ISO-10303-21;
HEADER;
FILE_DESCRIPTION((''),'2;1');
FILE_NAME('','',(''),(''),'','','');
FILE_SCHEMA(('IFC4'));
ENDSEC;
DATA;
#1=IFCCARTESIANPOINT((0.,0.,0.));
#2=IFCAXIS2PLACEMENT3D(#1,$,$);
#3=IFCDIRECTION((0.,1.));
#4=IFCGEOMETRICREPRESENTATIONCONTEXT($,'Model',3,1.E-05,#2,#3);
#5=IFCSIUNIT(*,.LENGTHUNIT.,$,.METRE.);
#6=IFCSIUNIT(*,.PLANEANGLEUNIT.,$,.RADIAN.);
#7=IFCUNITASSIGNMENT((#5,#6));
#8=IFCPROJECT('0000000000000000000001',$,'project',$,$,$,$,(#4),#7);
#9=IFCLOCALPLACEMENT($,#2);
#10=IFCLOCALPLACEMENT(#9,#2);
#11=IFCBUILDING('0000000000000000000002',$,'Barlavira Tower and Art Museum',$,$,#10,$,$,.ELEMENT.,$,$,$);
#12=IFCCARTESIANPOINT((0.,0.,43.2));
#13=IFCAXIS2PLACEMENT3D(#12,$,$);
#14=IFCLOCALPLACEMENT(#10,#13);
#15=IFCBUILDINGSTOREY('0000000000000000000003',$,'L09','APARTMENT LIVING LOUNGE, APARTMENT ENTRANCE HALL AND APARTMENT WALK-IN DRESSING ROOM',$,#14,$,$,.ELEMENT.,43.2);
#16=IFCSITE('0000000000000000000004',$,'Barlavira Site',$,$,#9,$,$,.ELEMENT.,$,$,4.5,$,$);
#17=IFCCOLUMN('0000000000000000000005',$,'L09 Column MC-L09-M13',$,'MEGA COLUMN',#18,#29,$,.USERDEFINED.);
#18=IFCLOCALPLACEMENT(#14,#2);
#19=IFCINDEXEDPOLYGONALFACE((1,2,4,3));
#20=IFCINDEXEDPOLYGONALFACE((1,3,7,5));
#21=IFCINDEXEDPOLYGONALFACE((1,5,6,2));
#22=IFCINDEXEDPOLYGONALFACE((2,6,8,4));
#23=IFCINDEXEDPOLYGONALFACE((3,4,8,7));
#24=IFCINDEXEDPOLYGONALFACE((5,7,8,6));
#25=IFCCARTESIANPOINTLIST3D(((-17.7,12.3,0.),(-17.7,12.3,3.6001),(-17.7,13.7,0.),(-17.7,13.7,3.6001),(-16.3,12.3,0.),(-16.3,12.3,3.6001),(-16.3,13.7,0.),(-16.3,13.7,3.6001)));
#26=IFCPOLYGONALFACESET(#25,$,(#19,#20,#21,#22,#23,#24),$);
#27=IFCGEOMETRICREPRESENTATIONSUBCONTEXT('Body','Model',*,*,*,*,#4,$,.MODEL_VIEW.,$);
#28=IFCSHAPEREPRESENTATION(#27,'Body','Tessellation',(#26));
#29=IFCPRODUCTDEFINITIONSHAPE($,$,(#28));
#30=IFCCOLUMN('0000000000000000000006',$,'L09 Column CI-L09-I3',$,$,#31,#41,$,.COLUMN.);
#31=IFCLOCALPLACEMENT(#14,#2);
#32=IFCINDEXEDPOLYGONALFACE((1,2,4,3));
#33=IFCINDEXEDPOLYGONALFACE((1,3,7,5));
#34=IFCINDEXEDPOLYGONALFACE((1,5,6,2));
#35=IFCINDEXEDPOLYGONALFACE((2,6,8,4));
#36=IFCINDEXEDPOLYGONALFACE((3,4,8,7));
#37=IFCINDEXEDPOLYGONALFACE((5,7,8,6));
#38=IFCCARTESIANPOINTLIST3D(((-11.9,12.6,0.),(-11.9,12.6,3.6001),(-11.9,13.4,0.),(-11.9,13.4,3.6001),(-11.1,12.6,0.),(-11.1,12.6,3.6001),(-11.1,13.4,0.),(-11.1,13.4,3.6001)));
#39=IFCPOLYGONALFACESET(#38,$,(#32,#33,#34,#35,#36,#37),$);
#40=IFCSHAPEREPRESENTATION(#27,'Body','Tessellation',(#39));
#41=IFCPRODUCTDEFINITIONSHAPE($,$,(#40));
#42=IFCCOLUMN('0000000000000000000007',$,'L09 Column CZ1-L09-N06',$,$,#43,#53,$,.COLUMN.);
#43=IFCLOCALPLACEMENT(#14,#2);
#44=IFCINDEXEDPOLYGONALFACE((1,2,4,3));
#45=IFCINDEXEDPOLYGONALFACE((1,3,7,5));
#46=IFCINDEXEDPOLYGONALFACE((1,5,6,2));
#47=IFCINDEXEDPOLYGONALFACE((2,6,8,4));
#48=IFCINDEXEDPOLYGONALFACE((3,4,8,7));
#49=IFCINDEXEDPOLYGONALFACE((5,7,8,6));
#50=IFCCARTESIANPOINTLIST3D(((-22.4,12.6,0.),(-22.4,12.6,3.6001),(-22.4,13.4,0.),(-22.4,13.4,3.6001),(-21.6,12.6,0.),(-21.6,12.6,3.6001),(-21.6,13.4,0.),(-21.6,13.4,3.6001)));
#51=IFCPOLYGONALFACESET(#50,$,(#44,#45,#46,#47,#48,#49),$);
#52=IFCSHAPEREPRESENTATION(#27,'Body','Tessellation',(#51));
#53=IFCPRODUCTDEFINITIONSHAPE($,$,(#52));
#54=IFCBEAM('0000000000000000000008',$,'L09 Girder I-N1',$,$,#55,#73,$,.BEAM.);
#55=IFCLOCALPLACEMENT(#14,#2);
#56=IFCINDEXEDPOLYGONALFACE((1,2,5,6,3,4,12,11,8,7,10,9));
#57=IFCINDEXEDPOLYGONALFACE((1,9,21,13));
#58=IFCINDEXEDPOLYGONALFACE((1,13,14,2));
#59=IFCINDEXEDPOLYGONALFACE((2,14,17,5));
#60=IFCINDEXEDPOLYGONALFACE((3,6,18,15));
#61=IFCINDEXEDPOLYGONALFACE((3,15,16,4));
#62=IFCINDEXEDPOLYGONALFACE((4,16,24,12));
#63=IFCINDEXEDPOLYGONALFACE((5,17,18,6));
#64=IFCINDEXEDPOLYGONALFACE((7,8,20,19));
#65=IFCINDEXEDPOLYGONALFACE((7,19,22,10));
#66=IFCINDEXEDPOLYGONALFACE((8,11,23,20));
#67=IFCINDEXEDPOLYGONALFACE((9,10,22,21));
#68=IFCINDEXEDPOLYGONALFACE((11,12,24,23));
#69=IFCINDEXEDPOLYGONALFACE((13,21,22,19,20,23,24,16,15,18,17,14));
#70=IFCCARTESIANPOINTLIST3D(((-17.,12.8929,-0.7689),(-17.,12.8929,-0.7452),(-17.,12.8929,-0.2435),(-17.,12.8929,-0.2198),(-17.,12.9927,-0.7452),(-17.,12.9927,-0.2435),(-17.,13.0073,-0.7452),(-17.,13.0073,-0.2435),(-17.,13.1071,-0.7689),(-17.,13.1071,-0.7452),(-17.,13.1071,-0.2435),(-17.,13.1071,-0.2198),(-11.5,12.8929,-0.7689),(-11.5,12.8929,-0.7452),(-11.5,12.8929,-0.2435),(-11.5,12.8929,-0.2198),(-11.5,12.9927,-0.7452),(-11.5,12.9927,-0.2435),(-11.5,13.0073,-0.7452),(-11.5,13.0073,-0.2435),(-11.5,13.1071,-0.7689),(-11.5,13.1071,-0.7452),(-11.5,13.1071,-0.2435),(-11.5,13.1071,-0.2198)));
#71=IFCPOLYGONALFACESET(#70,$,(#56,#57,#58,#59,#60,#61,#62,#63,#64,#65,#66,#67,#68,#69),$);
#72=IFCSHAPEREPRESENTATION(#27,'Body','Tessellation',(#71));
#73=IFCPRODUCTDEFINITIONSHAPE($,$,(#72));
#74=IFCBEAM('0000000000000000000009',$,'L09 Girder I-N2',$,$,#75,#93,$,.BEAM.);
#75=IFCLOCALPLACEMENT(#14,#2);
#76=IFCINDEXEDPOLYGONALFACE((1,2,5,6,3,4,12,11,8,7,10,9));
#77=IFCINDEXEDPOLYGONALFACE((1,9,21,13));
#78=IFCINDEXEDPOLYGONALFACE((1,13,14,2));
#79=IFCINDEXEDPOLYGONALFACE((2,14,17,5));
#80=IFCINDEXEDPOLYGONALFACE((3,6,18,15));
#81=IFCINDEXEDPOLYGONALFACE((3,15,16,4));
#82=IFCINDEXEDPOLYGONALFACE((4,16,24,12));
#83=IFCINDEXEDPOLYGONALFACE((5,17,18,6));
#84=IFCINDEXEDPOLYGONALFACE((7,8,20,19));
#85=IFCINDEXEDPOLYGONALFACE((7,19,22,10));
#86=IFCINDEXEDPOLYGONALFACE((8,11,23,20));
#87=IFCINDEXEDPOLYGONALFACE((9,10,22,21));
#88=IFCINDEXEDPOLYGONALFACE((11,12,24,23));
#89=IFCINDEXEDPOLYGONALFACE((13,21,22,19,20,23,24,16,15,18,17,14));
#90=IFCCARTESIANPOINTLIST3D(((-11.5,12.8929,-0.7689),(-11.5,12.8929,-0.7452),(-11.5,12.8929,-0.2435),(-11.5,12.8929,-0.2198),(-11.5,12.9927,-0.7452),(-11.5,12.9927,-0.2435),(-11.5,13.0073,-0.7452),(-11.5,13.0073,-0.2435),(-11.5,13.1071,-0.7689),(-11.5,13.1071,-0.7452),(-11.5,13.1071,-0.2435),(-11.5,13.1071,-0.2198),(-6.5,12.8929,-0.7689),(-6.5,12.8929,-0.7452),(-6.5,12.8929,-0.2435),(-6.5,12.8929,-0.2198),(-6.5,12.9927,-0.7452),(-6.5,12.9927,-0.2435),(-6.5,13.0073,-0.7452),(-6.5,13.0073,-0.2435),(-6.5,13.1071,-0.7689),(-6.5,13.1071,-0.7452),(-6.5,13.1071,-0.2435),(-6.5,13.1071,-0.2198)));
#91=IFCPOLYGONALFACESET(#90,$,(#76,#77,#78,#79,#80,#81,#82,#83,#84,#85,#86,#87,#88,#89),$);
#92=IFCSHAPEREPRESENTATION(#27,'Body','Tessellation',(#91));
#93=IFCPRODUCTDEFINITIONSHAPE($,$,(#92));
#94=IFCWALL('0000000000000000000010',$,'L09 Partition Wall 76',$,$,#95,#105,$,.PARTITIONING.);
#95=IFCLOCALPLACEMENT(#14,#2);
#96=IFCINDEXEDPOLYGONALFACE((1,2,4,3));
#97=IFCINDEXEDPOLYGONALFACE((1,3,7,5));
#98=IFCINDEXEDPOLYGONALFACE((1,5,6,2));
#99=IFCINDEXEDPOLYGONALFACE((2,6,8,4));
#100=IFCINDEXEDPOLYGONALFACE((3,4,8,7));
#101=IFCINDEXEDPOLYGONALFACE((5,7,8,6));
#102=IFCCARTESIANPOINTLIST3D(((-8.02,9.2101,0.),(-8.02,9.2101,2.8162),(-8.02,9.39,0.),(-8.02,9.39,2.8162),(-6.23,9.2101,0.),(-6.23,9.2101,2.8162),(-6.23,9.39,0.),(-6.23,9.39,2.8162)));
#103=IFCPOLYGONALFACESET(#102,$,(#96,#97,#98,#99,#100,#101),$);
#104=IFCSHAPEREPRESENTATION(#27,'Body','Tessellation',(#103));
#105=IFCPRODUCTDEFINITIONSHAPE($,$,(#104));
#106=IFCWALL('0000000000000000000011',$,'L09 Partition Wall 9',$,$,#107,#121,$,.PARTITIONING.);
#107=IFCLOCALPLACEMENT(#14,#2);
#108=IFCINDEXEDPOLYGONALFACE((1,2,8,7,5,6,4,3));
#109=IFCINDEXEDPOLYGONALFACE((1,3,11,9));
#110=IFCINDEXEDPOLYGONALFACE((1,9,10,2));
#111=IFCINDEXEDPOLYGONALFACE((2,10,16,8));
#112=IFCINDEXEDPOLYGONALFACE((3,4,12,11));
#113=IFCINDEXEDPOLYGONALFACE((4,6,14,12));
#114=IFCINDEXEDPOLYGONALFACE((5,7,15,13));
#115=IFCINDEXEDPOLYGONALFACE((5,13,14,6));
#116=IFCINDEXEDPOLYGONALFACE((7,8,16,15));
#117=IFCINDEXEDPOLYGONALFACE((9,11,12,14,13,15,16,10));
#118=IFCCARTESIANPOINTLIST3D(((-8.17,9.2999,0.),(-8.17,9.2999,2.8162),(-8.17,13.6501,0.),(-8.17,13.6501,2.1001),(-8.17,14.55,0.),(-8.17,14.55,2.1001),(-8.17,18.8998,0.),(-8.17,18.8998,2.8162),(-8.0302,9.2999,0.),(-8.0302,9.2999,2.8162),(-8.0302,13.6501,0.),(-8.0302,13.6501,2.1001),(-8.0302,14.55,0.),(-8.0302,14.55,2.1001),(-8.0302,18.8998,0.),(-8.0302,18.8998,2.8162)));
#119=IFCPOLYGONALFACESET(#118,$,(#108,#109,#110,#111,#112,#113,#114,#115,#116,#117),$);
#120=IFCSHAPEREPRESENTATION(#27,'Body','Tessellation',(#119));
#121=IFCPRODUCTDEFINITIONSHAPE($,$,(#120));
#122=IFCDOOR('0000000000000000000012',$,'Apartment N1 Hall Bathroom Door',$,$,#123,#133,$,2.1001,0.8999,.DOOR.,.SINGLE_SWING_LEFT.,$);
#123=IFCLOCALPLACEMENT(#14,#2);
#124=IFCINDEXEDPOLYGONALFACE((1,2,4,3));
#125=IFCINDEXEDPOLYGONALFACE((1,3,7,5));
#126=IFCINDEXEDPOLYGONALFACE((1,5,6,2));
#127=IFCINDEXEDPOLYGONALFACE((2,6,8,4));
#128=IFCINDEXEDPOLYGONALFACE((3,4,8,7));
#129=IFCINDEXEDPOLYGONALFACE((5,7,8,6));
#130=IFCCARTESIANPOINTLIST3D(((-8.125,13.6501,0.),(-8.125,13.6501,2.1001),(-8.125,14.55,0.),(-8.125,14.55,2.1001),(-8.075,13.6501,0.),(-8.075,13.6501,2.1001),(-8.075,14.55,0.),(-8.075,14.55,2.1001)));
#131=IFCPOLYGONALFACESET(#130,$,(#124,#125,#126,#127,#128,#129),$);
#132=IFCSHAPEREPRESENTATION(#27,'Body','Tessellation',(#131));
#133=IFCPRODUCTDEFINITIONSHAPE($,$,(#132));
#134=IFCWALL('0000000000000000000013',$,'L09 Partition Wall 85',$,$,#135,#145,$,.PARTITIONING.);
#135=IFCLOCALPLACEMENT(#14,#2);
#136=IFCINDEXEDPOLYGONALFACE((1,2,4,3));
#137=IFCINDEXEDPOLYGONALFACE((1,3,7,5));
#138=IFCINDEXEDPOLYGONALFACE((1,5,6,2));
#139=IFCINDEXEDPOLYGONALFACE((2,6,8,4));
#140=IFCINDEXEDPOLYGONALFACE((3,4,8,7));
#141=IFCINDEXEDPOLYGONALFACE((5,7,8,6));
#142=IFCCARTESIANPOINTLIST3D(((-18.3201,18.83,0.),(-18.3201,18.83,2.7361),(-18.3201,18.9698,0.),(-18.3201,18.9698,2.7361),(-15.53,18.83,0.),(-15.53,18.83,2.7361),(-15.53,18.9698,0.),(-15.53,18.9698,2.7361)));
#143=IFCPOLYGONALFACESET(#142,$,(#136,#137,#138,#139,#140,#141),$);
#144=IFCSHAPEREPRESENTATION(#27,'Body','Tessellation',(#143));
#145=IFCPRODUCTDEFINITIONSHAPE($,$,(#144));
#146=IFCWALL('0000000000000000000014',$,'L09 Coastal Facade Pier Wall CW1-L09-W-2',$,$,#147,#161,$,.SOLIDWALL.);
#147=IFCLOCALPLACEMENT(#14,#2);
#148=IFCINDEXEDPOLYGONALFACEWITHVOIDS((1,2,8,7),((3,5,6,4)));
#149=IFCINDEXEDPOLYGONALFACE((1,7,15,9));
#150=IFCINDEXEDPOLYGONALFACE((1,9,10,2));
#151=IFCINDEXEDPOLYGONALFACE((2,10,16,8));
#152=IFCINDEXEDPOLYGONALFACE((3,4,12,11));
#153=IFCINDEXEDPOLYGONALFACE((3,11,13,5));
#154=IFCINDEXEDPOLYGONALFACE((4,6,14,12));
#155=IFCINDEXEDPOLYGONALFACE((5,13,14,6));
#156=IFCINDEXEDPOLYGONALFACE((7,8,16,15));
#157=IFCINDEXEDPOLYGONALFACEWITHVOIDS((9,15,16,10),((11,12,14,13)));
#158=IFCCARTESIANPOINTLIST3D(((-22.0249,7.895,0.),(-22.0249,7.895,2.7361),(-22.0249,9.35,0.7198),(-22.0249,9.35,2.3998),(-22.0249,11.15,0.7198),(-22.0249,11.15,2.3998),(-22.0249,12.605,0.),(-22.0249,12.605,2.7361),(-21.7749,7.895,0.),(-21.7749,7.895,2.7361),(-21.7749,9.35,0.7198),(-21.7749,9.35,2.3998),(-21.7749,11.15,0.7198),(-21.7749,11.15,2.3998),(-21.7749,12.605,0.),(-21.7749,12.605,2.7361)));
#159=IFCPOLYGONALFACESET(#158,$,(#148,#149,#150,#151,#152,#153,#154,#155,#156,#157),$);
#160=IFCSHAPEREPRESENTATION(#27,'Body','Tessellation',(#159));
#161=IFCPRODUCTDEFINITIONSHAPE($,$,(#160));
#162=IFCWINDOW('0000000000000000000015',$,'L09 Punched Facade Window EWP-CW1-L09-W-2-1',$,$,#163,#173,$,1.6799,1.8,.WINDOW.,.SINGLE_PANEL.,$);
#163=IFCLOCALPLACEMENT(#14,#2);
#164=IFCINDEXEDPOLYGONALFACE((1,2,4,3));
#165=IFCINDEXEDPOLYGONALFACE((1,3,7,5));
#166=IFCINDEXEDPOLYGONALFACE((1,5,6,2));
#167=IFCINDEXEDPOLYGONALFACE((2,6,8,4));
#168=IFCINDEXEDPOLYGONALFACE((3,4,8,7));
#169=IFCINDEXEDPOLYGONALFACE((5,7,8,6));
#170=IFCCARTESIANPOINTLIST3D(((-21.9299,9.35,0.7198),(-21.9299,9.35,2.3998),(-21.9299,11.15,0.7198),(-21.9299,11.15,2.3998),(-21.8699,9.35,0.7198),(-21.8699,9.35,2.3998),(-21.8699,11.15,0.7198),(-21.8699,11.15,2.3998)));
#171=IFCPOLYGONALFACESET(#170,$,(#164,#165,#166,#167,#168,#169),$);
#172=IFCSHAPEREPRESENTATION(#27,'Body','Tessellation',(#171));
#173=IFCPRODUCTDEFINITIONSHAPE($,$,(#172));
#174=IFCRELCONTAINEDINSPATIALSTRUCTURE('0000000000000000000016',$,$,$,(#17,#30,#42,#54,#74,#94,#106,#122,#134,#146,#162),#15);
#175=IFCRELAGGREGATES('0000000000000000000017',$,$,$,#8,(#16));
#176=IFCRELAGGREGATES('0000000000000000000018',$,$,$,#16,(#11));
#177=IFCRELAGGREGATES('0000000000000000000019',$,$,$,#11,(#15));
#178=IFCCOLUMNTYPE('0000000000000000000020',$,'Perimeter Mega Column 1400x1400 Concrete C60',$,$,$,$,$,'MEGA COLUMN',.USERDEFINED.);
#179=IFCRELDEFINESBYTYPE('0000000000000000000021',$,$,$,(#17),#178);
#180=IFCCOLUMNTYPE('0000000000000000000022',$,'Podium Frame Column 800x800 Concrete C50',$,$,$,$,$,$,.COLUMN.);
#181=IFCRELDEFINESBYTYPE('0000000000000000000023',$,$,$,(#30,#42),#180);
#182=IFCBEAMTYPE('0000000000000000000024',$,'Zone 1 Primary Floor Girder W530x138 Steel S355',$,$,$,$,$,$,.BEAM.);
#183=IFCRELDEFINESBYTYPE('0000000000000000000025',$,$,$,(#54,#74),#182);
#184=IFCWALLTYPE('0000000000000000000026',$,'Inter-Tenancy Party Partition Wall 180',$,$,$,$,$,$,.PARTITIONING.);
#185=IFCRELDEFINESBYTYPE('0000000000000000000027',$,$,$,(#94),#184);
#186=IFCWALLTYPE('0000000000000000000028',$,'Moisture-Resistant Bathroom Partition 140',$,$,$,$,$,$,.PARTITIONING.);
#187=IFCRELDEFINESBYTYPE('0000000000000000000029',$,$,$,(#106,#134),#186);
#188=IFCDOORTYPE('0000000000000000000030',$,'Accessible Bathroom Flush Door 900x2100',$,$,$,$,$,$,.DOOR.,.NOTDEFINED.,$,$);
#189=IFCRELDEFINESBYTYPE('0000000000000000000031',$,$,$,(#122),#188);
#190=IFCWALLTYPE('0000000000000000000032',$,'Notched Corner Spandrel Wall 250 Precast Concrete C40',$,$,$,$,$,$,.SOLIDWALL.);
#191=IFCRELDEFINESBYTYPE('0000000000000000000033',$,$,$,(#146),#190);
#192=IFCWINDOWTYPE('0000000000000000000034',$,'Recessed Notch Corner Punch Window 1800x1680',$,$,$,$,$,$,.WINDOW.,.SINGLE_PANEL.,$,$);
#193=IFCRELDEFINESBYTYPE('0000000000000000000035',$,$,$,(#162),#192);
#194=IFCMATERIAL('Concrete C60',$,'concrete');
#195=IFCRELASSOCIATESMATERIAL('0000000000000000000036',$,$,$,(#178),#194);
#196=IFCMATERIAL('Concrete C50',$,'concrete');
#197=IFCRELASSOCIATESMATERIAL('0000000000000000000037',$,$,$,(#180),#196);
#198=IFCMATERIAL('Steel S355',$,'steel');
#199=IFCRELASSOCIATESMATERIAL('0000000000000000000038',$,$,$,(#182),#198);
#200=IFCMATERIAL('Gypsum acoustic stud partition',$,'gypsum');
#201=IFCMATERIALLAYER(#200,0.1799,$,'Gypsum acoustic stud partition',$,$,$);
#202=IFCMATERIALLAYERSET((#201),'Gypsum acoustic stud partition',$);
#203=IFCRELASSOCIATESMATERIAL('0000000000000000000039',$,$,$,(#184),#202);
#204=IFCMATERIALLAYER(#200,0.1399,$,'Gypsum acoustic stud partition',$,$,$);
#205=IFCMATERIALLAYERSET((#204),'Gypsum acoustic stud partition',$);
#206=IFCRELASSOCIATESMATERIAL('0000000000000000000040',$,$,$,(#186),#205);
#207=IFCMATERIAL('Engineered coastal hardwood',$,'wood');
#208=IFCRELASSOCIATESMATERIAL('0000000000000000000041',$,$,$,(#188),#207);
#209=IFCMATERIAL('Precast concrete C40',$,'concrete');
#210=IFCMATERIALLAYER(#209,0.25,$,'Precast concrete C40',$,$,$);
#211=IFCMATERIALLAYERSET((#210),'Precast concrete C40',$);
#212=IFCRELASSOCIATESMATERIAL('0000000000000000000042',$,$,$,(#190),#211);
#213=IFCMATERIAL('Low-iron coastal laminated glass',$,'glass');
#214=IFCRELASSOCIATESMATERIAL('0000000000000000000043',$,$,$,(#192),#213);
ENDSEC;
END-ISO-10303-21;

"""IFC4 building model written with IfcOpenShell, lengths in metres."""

from ifc_helpers import new_model, si_unit, direction, frame, frame_2d, origin, origin_2d, place, context, subcontext, project, spatial, rectangle, i_section, extrude, material, layer, layer_set, material_profile, profile_set, type_object, element, fill, save


model = new_model("IFC4")

# Units and contexts
model_context = context("Model", 3, precision=1e-05, world=origin(), true_north=direction((0.0, 1.0)))
body_context = subcontext(model_context, "Body", "Model", "MODEL_VIEW")
ifc_project = project(units=[si_unit("LENGTHUNIT", "METRE"), si_unit("PLANEANGLEUNIT", "RADIAN")], contexts=[model_context])

# Site, building, storey
site_placement = place(None, origin())
site = spatial("IfcSite", under=ifc_project, at=site_placement, Name="Barlavira Site", CompositionType="ELEMENT", RefElevation=4.5)
building_placement = place(site_placement, origin())
building = spatial("IfcBuilding", under=site, at=building_placement, Name="Barlavira Tower and Art Museum", CompositionType="ELEMENT")
storey_placement = place(building_placement, frame((0.0, 0.0, 43.2)))
storey = spatial("IfcBuildingStorey", under=building, at=storey_placement, Name="L09", Description="APARTMENT LIVING LOUNGE, APARTMENT ENTRANCE HALL AND APARTMENT WALK-IN DRESSING ROOM", CompositionType="ELEMENT", Elevation=43.2)

# Columns
ifc_material_1 = material(Name="Concrete C60", Category="concrete")
ifc_material_profile_1 = material_profile(ifc_material_1, rectangle(XDim=1.3999, YDim=1.3999, at=origin_2d()), Name="RC-MCOL 1400x1400")
ifc_profile_set_1 = profile_set([ifc_material_profile_1], Name="Concrete C60")
column_type_1 = type_object("IfcColumnType", Name="Perimeter Mega Column 1400x1400 Concrete C60", ElementType="MEGA COLUMN", PredefinedType="USERDEFINED", material=ifc_profile_set_1)
column_placement = place(storey_placement, frame((-17.0, 13.0, 0.0), z_axis=(0.0, 0.0, 1.0), x_axis=(1.0, 0.0, 0.0)))
element("IfcColumn", 1, at=column_placement, inside=storey, type_object=column_type_1, Name="L09 Column MC-L09-M13", ObjectType="MEGA COLUMN", PredefinedType="USERDEFINED", context=body_context, shape_type="SweptSolid", body=[
    extrude(rectangle(XDim=1.3999, YDim=1.3999, at=origin_2d()), origin(), (0.0, 0.0, 1.0), 3.6001),
])
ifc_material_2 = material(Name="Concrete C50", Category="concrete")
ifc_material_profile_2 = material_profile(ifc_material_2, rectangle(XDim=0.8, YDim=0.8, at=origin_2d()), Name="RC-COL 800x800")
ifc_profile_set_2 = profile_set([ifc_material_profile_2], Name="Concrete C50")
column_type_2 = type_object("IfcColumnType", Name="Podium Frame Column 800x800 Concrete C50", PredefinedType="COLUMN", material=ifc_profile_set_2)
for number, where, z_axis, x_axis, name in (
    (2, (-11.5, 13.0, 0.0), (0.0, 0.0, 1.0), (1.0, 0.0, 0.0), "L09 Column CI-L09-I3"),
    (3, (-22.0, 13.0, 0.0), (0.0, 0.0, 1.0), (1.0, 0.0, 0.0), "L09 Column CZ1-L09-N06"),
):
    element("IfcColumn", number, at=place(storey_placement, frame(where, z_axis=z_axis, x_axis=x_axis)), inside=storey, type_object=column_type_2, Name=name, PredefinedType="COLUMN", context=body_context, shape_type="SweptSolid", body=[
        extrude(rectangle(XDim=0.8, YDim=0.8, at=origin_2d()), origin(), (0.0, 0.0, 1.0), 3.6001),
    ])

# Beams
ifc_material_3 = material(Name="Steel S355", Category="steel")
ifc_material_profile_3 = material_profile(ifc_material_3, i_section(OverallWidth=0.2141, OverallDepth=0.5491, WebThickness=0.0146, FlangeThickness=0.0237, at=origin_2d()), Name="W530x138.0")
ifc_profile_set_3 = profile_set([ifc_material_profile_3], Name="Steel S355")
beam_type = type_object("IfcBeamType", Name="Zone 1 Primary Floor Girder W530x138 Steel S355", PredefinedType="BEAM", material=ifc_profile_set_3)
beam_1_placement = place(storey_placement, frame((-17.0, 13.0, -0.4944), z_axis=(1.0, 0.0, 0.0), x_axis=(0.0, 1.0, 0.0)))
element("IfcBeam", 4, at=beam_1_placement, inside=storey, type_object=beam_type, Name="L09 Girder I-N1", PredefinedType="BEAM", context=body_context, shape_type="SweptSolid", body=[
    extrude(i_section(OverallWidth=0.2141, OverallDepth=0.5491, WebThickness=0.0146, FlangeThickness=0.0237, at=origin_2d()), origin(), (0.0, 0.0, 1.0), 5.5),
])
beam_2_placement = place(storey_placement, frame((-11.5, 13.0, -0.4944), z_axis=(1.0, 0.0, 0.0), x_axis=(0.0, 1.0, 0.0)))
element("IfcBeam", 5, at=beam_2_placement, inside=storey, type_object=beam_type, Name="L09 Girder I-N2", PredefinedType="BEAM", context=body_context, shape_type="SweptSolid", body=[
    extrude(i_section(OverallWidth=0.2141, OverallDepth=0.5491, WebThickness=0.0146, FlangeThickness=0.0237, at=origin_2d()), origin(), (0.0, 0.0, 1.0), 5.0),
])

# Shared definitions
ifc_material_4 = material(Name="Gypsum acoustic stud partition", Category="gypsum")
ifc_layer_1 = layer(ifc_material_4, 0.1799, Name="Gypsum acoustic stud partition")
ifc_layer_set_1 = layer_set([ifc_layer_1], Name="Gypsum acoustic stud partition")
wall_type_1 = type_object("IfcWallType", Name="Inter-Tenancy Party Partition Wall 180", PredefinedType="PARTITIONING", material=ifc_layer_set_1)

# Wall
wall_1_placement = place(storey_placement, frame((-8.02, 9.3, 0.0), z_axis=(0.0, 0.0, 1.0), x_axis=(1.0, 0.0, 0.0)))
element("IfcWall", 6, at=wall_1_placement, inside=storey, type_object=wall_type_1, Name="L09 Partition Wall 76", PredefinedType="PARTITIONING", context=body_context, shape_type="SweptSolid", body=[
    extrude(rectangle(XDim=1.79, YDim=0.1799, at=frame_2d((0.895, 0.0))), origin(), (0.0, 0.0, 1.0), 2.8162),
])

# Wall, opening, door
ifc_layer_2 = layer(ifc_material_4, 0.1399, Name="Gypsum acoustic stud partition")
ifc_layer_set_2 = layer_set([ifc_layer_2], Name="Gypsum acoustic stud partition")
wall_type_2 = type_object("IfcWallType", Name="Moisture-Resistant Bathroom Partition 140", PredefinedType="PARTITIONING", material=ifc_layer_set_2)
wall_2_placement = place(storey_placement, frame((-8.1001, 9.3, 0.0), z_axis=(0.0, 0.0, 1.0), x_axis=(0.0, 1.0, 0.0)))
wall_2 = element("IfcWall", 7, at=wall_2_placement, inside=storey, type_object=wall_type_2, Name="L09 Partition Wall 9", PredefinedType="PARTITIONING", context=body_context, shape_type="SweptSolid", body=[
    extrude(rectangle(XDim=9.5999, YDim=0.1399, at=frame_2d((4.7998, 0.0))), origin(), (0.0, 0.0, 1.0), 2.8162),
])
opening_1_placement = place(wall_2_placement, frame((4.3501, 0.0, 0.0)))
opening_1 = element("IfcOpeningElement", 8, at=opening_1_placement, cuts=wall_2, PredefinedType="OPENING", context=body_context, shape_type="SweptSolid", body=[
    extrude(rectangle(XDim=0.8999, YDim=2.1001, at=frame_2d((0.45, 1.05))), frame((0.0, 0.0801, 0.0), z_axis=(0.0, -1.0, 0.0), x_axis=(1.0, 0.0, 0.0)), (0.0, 0.0, 1.0), 0.1599),
])
ifc_material_5 = material(Name="Engineered coastal hardwood", Category="wood")
door_type_1 = type_object("IfcDoorType", Name="Accessible Bathroom Flush Door 900x2100", OperationType="NOTDEFINED", PredefinedType="DOOR", material=ifc_material_5)
door_1_placement = place(opening_1_placement, origin())
door_1 = element("IfcDoor", 9, at=door_1_placement, inside=storey, type_object=door_type_1, Name="Apartment N1 Hall Bathroom Door", OperationType="SINGLE_SWING_LEFT", OverallHeight=2.1001, OverallWidth=0.8999, PredefinedType="DOOR", context=body_context, shape_type="SweptSolid", body=[
    extrude(rectangle(XDim=0.8999, YDim=2.1001, at=frame_2d((0.45, 1.05))), frame((0.0, 0.0249, 0.0), z_axis=(0.0, -1.0, 0.0), x_axis=(1.0, 0.0, 0.0)), (0.0, 0.0, 1.0), 0.05),
])
fill(opening_1, door_1)

# Wall
wall_3_placement = place(storey_placement, frame((-18.3201, 18.8999, 0.0), z_axis=(0.0, 0.0, 1.0), x_axis=(1.0, 0.0, 0.0)))
element("IfcWall", 10, at=wall_3_placement, inside=storey, type_object=wall_type_2, Name="L09 Partition Wall 85", PredefinedType="PARTITIONING", context=body_context, shape_type="SweptSolid", body=[
    extrude(rectangle(XDim=2.79, YDim=0.1399, at=frame_2d((1.395, 0.0))), origin(), (0.0, 0.0, 1.0), 2.7361),
])

# Wall, opening, window
ifc_material_6 = material(Name="Precast concrete C40", Category="concrete")
ifc_layer_3 = layer(ifc_material_6, 0.25, Name="Precast concrete C40")
ifc_layer_set_3 = layer_set([ifc_layer_3], Name="Precast concrete C40")
wall_type_3 = type_object("IfcWallType", Name="Notched Corner Spandrel Wall 250 Precast Concrete C40", PredefinedType="SOLIDWALL", material=ifc_layer_set_3)
wall_4_placement = place(storey_placement, frame((-21.8999, 12.605, 0.0), z_axis=(0.0, 0.0, 1.0), x_axis=(0.0, -1.0, 0.0)))
wall_4 = element("IfcWall", 11, at=wall_4_placement, inside=storey, type_object=wall_type_3, Name="L09 Coastal Facade Pier Wall CW1-L09-W-2", PredefinedType="SOLIDWALL", context=body_context, shape_type="SweptSolid", body=[
    extrude(rectangle(XDim=4.71, YDim=0.25, at=frame_2d((2.355, 0.0))), origin(), (0.0, 0.0, 1.0), 2.7361),
])
opening_2_placement = place(wall_4_placement, frame((1.4551, 0.0, 0.72)))
opening_2 = element("IfcOpeningElement", 12, at=opening_2_placement, cuts=wall_4, PredefinedType="OPENING", context=body_context, shape_type="SweptSolid", body=[
    extrude(rectangle(XDim=1.8, YDim=1.6799, at=frame_2d((0.8999, 0.8398))), frame((0.0, 0.135, 0.0), z_axis=(0.0, -1.0, 0.0), x_axis=(1.0, 0.0, 0.0)), (0.0, 0.0, 1.0), 0.27),
])
ifc_material_7 = material(Name="Low-iron coastal laminated glass", Category="glass")
window_type = type_object("IfcWindowType", Name="Recessed Notch Corner Punch Window 1800x1680", PartitioningType="SINGLE_PANEL", PredefinedType="WINDOW", material=ifc_material_7)
window_placement = place(opening_2_placement, origin())
window = element("IfcWindow", 13, at=window_placement, inside=storey, type_object=window_type, Name="L09 Punched Facade Window EWP-CW1-L09-W-2-1", OverallHeight=1.6799, OverallWidth=1.8, PartitioningType="SINGLE_PANEL", PredefinedType="WINDOW", context=body_context, shape_type="SweptSolid", body=[
    extrude(rectangle(XDim=1.8, YDim=1.6799, at=frame_2d((0.8999, 0.8398))), frame((0.0, 0.03, 0.0), z_axis=(0.0, -1.0, 0.0), x_axis=(1.0, 0.0, 0.0)), (0.0, 0.0, 1.0), 0.0601),
])
fill(opening_2, window)

save(model, "model.ifc")
